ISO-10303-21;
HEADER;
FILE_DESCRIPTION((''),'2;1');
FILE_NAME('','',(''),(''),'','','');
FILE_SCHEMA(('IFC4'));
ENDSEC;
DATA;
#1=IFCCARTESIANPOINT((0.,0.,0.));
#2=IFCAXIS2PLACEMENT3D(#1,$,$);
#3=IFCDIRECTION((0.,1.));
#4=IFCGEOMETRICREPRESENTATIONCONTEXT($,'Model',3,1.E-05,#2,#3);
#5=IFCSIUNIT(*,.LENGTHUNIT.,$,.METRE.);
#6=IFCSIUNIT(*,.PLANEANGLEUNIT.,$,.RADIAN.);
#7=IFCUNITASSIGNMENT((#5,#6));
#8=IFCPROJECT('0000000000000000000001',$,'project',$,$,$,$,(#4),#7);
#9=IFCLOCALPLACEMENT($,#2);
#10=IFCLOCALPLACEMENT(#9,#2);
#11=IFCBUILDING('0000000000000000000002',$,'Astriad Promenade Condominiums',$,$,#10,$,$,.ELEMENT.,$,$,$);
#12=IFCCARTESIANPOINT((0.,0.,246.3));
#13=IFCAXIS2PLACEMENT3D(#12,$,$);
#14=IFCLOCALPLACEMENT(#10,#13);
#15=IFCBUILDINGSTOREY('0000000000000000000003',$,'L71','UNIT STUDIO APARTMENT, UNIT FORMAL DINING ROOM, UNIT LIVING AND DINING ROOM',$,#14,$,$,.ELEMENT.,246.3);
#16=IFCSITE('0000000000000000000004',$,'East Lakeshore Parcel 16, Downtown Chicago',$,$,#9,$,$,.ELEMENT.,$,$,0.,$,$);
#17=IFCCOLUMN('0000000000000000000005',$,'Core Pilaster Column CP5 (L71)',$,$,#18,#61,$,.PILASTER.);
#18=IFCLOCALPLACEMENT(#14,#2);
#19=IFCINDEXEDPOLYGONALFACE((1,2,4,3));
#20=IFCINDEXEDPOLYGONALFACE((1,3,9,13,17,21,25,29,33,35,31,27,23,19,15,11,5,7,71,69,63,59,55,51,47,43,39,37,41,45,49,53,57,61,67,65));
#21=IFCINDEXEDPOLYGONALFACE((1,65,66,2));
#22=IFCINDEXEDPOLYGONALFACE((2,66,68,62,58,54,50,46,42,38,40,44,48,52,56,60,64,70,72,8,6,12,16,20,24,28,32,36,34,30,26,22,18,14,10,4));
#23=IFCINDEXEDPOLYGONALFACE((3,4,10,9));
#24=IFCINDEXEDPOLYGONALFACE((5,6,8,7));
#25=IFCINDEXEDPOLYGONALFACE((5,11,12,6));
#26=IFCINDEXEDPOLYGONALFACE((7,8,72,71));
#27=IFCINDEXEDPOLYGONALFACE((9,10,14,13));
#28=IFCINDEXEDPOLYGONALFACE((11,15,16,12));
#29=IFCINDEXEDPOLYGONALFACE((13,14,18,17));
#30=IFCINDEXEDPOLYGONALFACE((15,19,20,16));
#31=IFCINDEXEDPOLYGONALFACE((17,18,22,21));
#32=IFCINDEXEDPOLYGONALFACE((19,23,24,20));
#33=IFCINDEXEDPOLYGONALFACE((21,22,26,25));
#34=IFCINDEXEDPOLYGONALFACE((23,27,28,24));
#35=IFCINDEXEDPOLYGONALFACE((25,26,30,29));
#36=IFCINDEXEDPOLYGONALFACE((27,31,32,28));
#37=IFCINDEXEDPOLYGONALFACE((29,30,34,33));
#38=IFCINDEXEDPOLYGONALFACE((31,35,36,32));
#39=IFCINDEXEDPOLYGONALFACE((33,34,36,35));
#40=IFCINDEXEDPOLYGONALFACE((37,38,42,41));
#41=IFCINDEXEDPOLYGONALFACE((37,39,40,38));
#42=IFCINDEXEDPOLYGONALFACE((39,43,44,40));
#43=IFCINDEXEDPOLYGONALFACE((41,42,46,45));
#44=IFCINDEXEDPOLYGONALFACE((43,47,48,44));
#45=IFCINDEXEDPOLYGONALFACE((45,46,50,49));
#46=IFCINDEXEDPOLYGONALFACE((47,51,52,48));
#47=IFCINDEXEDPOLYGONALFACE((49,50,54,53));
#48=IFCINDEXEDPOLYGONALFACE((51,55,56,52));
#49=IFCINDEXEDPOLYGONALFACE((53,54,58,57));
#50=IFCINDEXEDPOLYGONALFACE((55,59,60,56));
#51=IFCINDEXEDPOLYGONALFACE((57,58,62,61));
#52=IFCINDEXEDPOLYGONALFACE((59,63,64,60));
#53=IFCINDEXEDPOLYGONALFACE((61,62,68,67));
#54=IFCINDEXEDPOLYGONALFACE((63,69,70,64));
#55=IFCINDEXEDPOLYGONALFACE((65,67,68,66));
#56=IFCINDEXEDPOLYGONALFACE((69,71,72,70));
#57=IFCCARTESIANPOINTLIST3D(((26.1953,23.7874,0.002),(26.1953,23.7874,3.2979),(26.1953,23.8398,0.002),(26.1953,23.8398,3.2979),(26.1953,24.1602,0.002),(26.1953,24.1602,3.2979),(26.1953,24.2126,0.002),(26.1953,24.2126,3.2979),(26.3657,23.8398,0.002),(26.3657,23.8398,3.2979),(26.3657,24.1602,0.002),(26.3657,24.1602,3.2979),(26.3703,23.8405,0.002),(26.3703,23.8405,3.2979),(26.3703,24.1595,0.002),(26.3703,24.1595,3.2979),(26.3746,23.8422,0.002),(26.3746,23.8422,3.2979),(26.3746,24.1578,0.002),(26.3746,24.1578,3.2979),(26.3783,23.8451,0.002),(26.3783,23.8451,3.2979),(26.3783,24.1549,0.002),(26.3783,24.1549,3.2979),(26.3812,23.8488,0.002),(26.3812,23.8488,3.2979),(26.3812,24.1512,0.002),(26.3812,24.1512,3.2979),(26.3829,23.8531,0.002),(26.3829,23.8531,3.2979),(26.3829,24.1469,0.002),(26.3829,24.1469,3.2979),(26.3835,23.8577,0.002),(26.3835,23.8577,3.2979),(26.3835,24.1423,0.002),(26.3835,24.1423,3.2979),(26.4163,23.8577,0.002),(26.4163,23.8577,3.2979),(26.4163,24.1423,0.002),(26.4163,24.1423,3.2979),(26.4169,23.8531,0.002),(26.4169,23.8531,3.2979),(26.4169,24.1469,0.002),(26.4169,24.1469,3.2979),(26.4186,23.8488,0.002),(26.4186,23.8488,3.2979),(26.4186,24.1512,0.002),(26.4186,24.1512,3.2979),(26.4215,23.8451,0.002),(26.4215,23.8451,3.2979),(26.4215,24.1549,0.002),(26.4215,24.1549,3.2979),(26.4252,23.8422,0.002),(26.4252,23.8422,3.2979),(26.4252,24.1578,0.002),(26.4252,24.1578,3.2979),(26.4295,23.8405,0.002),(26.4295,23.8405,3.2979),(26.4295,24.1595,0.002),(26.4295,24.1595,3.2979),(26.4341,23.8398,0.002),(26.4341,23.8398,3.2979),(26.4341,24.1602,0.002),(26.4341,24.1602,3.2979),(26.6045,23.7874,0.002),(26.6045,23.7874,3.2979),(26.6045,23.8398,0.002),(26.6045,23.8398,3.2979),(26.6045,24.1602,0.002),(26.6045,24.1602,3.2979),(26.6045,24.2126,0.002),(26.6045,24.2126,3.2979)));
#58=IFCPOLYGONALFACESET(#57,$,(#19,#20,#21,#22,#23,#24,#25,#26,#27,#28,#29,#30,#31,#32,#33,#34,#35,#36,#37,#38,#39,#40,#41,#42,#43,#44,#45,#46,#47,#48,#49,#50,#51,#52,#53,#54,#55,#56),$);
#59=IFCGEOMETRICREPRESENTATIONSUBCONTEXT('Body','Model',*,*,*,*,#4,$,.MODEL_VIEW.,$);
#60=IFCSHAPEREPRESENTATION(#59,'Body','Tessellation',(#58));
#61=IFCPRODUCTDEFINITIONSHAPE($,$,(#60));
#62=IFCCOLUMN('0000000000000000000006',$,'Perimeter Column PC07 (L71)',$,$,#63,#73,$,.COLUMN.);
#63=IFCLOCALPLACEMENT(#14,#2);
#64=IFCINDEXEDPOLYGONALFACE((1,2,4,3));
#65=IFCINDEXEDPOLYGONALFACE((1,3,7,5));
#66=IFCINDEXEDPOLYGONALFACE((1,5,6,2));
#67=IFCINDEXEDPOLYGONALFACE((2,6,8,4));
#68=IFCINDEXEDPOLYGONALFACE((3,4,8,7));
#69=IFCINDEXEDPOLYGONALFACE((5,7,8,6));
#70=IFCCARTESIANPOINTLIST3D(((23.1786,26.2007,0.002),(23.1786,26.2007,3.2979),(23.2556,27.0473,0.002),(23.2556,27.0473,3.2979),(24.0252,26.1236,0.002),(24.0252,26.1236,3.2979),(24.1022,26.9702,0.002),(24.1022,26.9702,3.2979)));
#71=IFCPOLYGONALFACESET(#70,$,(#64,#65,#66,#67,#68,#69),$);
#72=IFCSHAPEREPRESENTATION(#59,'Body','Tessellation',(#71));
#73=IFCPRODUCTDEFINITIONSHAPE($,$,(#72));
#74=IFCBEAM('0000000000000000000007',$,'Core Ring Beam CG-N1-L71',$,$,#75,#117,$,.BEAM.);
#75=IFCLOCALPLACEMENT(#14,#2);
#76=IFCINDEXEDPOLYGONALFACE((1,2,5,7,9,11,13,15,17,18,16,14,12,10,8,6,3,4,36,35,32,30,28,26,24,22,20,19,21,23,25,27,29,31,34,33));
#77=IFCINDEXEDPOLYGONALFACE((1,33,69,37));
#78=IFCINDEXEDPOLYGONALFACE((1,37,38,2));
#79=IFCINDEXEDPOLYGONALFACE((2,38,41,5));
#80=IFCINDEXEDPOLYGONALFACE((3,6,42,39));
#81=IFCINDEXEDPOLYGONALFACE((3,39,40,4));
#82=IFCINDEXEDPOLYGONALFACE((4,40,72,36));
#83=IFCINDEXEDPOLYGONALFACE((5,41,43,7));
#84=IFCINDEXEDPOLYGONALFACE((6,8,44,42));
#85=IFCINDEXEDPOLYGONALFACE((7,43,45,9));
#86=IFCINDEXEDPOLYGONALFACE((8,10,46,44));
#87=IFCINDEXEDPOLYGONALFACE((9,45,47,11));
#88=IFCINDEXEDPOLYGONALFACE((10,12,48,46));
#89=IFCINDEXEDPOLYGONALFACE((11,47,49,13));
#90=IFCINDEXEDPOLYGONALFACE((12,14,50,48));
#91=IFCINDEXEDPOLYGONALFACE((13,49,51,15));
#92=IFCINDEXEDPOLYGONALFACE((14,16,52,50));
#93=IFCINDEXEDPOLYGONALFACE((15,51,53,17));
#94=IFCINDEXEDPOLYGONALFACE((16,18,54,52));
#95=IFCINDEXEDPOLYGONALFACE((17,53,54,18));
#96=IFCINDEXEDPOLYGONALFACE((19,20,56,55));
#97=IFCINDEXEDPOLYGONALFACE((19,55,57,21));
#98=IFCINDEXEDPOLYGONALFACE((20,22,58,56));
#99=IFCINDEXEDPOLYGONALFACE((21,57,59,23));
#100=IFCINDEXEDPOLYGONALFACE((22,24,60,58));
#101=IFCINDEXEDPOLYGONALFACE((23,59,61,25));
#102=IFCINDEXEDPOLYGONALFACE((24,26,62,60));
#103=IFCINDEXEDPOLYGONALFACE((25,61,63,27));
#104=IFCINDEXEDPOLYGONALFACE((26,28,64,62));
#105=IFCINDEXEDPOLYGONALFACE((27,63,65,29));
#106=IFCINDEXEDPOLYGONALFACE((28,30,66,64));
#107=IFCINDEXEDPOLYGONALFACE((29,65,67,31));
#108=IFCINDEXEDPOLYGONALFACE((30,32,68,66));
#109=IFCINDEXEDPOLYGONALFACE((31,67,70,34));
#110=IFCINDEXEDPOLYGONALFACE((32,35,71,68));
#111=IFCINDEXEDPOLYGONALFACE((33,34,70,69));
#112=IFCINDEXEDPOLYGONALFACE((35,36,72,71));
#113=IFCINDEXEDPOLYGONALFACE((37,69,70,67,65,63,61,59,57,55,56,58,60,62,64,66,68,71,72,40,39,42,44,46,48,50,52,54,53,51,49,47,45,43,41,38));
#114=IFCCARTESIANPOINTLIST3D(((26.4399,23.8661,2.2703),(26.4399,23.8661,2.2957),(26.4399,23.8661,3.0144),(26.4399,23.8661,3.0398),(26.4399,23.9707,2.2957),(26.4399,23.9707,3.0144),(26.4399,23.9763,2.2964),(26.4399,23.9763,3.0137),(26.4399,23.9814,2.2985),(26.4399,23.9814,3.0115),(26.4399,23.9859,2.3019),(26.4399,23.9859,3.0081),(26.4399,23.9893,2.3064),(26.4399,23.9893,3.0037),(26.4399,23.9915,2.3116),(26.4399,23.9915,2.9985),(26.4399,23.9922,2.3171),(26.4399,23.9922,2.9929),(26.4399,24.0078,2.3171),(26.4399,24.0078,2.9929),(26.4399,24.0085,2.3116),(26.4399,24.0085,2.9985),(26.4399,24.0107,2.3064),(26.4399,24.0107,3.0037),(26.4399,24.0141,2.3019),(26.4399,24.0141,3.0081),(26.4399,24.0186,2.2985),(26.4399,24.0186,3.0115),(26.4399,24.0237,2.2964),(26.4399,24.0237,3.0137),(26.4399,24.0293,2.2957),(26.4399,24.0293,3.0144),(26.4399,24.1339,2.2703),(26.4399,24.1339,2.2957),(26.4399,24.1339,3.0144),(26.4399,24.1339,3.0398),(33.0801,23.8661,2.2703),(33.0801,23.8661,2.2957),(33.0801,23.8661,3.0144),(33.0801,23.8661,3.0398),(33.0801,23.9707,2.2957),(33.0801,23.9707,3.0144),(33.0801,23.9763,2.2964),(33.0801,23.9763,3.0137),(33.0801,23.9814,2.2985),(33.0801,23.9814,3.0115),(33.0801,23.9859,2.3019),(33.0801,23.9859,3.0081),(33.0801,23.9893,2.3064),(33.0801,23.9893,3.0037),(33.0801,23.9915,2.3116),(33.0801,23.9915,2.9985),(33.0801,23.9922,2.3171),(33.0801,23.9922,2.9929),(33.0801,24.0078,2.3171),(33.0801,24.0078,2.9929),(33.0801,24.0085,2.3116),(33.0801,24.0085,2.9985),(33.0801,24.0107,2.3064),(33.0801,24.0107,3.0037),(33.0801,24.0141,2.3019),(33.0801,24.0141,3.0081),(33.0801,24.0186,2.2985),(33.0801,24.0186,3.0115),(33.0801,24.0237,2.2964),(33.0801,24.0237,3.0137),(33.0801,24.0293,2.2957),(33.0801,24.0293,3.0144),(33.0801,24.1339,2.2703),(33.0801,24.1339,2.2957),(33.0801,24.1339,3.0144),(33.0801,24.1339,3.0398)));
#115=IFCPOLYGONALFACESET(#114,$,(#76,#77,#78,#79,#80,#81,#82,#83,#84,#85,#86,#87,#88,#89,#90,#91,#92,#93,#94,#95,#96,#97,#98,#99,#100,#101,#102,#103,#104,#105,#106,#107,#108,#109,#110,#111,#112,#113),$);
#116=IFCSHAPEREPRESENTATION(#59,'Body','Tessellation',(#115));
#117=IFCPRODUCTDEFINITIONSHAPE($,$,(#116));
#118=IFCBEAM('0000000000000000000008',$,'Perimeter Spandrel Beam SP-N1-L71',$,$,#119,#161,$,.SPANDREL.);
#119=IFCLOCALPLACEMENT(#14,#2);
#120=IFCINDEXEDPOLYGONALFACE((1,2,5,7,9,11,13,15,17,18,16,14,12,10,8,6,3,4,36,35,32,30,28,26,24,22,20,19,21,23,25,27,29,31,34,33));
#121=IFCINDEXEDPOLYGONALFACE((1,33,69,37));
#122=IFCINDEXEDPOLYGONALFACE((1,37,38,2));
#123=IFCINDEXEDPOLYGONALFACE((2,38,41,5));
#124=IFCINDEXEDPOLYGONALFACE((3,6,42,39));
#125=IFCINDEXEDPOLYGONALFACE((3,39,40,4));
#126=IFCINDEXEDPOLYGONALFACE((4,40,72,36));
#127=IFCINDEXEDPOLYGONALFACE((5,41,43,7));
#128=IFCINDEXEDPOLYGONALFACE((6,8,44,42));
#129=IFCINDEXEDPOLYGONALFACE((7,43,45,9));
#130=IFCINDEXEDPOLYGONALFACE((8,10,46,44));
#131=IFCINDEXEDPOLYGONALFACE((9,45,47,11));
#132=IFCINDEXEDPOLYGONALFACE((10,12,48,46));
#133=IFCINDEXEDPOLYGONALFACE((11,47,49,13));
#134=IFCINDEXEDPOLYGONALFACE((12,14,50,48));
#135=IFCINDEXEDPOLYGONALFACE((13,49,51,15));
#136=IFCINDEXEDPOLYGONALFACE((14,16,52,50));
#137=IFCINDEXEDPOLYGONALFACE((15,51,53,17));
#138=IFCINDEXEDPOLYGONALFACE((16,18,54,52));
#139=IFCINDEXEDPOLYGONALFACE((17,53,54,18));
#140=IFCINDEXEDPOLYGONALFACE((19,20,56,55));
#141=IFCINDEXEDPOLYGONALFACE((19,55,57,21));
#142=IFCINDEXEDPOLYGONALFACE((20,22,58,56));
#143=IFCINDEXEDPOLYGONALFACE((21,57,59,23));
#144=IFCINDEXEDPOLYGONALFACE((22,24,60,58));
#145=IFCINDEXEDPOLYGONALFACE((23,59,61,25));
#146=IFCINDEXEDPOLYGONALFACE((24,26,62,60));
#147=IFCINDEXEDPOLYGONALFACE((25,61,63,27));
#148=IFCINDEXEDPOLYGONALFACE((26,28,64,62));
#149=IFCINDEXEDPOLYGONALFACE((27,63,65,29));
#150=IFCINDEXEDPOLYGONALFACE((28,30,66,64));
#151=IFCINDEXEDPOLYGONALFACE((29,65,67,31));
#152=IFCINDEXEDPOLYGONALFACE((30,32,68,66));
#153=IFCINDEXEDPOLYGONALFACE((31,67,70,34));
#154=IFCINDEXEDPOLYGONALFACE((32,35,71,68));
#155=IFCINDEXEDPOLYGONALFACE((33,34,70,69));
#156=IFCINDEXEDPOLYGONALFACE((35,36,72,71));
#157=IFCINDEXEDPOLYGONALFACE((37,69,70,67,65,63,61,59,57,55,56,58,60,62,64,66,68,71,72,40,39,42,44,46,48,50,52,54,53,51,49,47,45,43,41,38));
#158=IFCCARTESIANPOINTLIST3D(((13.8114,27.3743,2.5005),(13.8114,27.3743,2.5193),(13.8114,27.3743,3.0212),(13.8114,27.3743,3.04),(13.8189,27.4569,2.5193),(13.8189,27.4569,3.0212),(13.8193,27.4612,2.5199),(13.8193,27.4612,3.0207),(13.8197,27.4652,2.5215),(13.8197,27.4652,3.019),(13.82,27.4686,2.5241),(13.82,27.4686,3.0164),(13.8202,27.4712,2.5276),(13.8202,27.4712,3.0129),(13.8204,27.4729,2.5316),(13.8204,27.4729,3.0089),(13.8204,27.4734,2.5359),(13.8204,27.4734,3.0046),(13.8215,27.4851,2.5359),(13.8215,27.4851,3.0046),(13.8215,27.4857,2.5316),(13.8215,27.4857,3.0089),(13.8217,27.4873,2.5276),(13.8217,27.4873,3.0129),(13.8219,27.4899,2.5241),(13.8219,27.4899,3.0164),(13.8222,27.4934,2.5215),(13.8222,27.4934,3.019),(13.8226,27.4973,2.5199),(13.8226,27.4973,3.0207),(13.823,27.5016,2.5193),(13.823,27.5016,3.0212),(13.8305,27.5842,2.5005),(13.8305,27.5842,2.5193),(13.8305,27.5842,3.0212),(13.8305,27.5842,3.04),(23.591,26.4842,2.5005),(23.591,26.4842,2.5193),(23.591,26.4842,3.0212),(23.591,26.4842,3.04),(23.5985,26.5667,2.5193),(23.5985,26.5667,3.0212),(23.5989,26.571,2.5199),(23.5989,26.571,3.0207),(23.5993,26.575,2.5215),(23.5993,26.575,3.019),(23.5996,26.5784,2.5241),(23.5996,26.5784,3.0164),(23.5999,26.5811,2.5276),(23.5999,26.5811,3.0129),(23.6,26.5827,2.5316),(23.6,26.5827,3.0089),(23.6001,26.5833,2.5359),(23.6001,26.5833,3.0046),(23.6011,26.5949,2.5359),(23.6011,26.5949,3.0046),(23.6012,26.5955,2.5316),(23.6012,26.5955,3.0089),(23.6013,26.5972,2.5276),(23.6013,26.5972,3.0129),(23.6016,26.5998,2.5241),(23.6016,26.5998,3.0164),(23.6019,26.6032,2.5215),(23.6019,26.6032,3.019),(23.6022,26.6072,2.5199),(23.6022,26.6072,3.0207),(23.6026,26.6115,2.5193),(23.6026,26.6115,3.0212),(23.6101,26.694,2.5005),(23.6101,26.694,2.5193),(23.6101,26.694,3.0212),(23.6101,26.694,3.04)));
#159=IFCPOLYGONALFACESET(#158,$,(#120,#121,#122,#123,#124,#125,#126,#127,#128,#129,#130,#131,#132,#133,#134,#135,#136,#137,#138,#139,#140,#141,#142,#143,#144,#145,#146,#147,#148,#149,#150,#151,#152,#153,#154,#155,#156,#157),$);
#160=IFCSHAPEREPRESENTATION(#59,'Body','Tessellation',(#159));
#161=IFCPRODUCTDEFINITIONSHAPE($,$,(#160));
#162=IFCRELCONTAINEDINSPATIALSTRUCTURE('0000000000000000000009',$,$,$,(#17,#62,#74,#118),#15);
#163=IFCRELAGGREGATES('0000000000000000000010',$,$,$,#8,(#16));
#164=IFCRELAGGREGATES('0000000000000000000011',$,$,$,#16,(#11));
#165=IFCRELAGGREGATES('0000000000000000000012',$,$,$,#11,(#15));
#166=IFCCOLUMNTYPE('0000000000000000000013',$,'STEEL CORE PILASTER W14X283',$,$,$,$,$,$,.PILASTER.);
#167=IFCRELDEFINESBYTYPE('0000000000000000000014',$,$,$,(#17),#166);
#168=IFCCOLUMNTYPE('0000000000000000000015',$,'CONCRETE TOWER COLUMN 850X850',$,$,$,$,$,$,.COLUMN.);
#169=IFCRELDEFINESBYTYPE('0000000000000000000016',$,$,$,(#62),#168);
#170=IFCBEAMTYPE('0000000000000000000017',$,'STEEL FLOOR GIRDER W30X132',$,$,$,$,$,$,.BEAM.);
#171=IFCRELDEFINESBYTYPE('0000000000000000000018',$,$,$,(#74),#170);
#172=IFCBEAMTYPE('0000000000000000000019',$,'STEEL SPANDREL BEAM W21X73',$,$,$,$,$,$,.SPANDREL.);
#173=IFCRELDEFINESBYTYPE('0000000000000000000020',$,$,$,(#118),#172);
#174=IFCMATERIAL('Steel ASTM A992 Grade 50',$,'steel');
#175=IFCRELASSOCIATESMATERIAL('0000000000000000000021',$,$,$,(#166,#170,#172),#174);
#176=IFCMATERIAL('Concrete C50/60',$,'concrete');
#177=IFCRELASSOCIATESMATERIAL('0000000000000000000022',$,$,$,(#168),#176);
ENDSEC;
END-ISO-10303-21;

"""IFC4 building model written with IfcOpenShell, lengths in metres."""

from ifc_helpers import new_model, si_unit, direction, frame, origin, origin_2d, place, context, subcontext, project, spatial, rectangle, i_section, extrude, source, transform, mapped, material, material_profile, profile_set, type_object, type_shapes, element, save


model = new_model("IFC4")

# Units and contexts
model_context = context("Model", 3, precision=1e-05, world=origin(), true_north=direction((0.0, 1.0)))
body_context = subcontext(model_context, "Body", "Model", "MODEL_VIEW")
ifc_project = project(units=[si_unit("LENGTHUNIT", "METRE"), si_unit("PLANEANGLEUNIT", "RADIAN")], contexts=[model_context])

# Site, building, storey
site_placement = place(None, origin())
site = spatial("IfcSite", under=ifc_project, at=site_placement, Name="East Lakeshore Parcel 16, Downtown Chicago", CompositionType="ELEMENT", RefElevation=0.0)
building_placement = place(site_placement, origin())
building = spatial("IfcBuilding", under=site, at=building_placement, Name="Astriad Promenade Condominiums", CompositionType="ELEMENT")
storey_placement = place(building_placement, frame((0.0, 0.0, 246.3)))
storey = spatial("IfcBuildingStorey", under=building, at=storey_placement, Name="L71", Description="UNIT STUDIO APARTMENT, UNIT FORMAL DINING ROOM, UNIT LIVING AND DINING ROOM", CompositionType="ELEMENT", Elevation=246.3)

# Columns
ifc_material_1 = material(Name="Steel ASTM A992 Grade 50", Category="steel")
ifc_material_profile_1 = material_profile(ifc_material_1, i_section(OverallWidth=0.4092, OverallDepth=0.4253, WebThickness=0.0327, FlangeThickness=0.0525, FilletRadius=0.0178, at=origin_2d()), Name="W14X283")
ifc_profile_set_1 = profile_set([ifc_material_profile_1], Name="Steel ASTM A992 Grade 50")
column_type_1 = type_object("IfcColumnType", Name="STEEL CORE PILASTER W14X283", PredefinedType="PILASTER", material=ifc_profile_set_1)
shared_shape_1 = source(origin(), body_context, "Body", "SweptSolid", [
    extrude(i_section(OverallWidth=0.4092, OverallDepth=0.4253, WebThickness=0.0327, FlangeThickness=0.0525, FilletRadius=0.0178, at=origin_2d()), origin(), (0.0, 0.0, 1.0), 3.2959),
])
type_shapes(column_type_1, [shared_shape_1])
column_1_placement = place(storey_placement, frame((26.3999, 24.0, 0.002), z_axis=(0.0, 0.0, 1.0), x_axis=(1.0, 0.0, 0.0)))
element("IfcColumn", 1, at=column_1_placement, inside=storey, type_object=column_type_1, Name="Core Pilaster Column CP5 (L71)", PredefinedType="PILASTER", context=body_context, shape_type="MappedRepresentation", body=[
    mapped(shared_shape_1, transform((0.0, 0.0, 0.0), scale=1.0)),
])
ifc_material_2 = material(Name="Concrete C50/60", Category="concrete")
ifc_material_profile_2 = material_profile(ifc_material_2, rectangle(XDim=0.8501, YDim=0.8501, at=origin_2d()), Name="RC-COL-850X850")
ifc_profile_set_2 = profile_set([ifc_material_profile_2], Name="Concrete C50/60")
column_type_2 = type_object("IfcColumnType", Name="CONCRETE TOWER COLUMN 850X850", PredefinedType="COLUMN", material=ifc_profile_set_2)
shared_shape_2 = source(origin(), body_context, "Body", "SweptSolid", [
    extrude(rectangle(XDim=0.8501, YDim=0.8501, at=origin_2d()), origin(), (0.0, 0.0, 1.0), 3.2959),
])
type_shapes(column_type_2, [shared_shape_2])
column_2_placement = place(storey_placement, frame((23.6404, 26.5854, 0.002), z_axis=(0.0, 0.0, 1.0), x_axis=(0.995884, -0.090633, 0.0)))
element("IfcColumn", 2, at=column_2_placement, inside=storey, type_object=column_type_2, Name="Perimeter Column PC07 (L71)", PredefinedType="COLUMN", context=body_context, shape_type="MappedRepresentation", body=[
    mapped(shared_shape_2, transform((0.0, 0.0, 0.0), scale=1.0)),
])

# Beams
ifc_material_profile_3 = material_profile(ifc_material_1, i_section(OverallWidth=0.2678, OverallDepth=0.7695, WebThickness=0.0156, FlangeThickness=0.0254, FilletRadius=0.0215, at=origin_2d()), Name="W30X132")
ifc_profile_set_3 = profile_set([ifc_material_profile_3], Name="Steel ASTM A992 Grade 50")
beam_type_1 = type_object("IfcBeamType", Name="STEEL FLOOR GIRDER W30X132", PredefinedType="BEAM", material=ifc_profile_set_3)
shared_shape_3 = source(origin(), body_context, "Body", "SweptSolid", [
    extrude(i_section(OverallWidth=0.2678, OverallDepth=0.7695, WebThickness=0.0156, FlangeThickness=0.0254, FilletRadius=0.0215, at=origin_2d()), origin(), (0.0, 0.0, 1.0), 6.6401),
])
type_shapes(beam_type_1, [shared_shape_3])
beam_1_placement = place(storey_placement, frame((26.4399, 24.0, 2.655), z_axis=(1.0, 0.0, 0.0), x_axis=(0.0, 1.0, 0.0)))
element("IfcBeam", 3, at=beam_1_placement, inside=storey, type_object=beam_type_1, Name="Core Ring Beam CG-N1-L71", PredefinedType="BEAM", context=body_context, shape_type="MappedRepresentation", body=[
    mapped(shared_shape_3, transform((0.0, 0.0, 0.0), scale=1.0)),
])
ifc_material_profile_4 = material_profile(ifc_material_1, i_section(OverallWidth=0.2107, OverallDepth=0.5396, WebThickness=0.0117, FlangeThickness=0.0188, FilletRadius=0.0166, at=origin_2d()), Name="W21X73")
ifc_profile_set_4 = profile_set([ifc_material_profile_4], Name="Steel ASTM A992 Grade 50")
beam_type_2 = type_object("IfcBeamType", Name="STEEL SPANDREL BEAM W21X73", PredefinedType="SPANDREL", material=ifc_profile_set_4)
shared_shape_4 = source(origin(), body_context, "Body", "SweptSolid", [
    extrude(i_section(OverallWidth=0.2107, OverallDepth=0.5396, WebThickness=0.0117, FlangeThickness=0.0188, FilletRadius=0.0166, at=origin_2d()), origin(), (0.0, 0.0, 1.0), 9.8201),
])
type_shapes(beam_type_2, [shared_shape_4])
beam_2_placement = place(storey_placement, frame((23.6006, 26.5891, 2.7703), z_axis=(-0.995883, 0.090646, 0.0), x_axis=(-0.090646, -0.995883, 0.0)))
element("IfcBeam", 4, at=beam_2_placement, inside=storey, type_object=beam_type_2, Name="Perimeter Spandrel Beam SP-N1-L71", PredefinedType="SPANDREL", context=body_context, shape_type="MappedRepresentation", body=[
    mapped(shared_shape_4, transform((0.0, 0.0, 0.0), scale=1.0)),
])

save(model, "model.ifc")
